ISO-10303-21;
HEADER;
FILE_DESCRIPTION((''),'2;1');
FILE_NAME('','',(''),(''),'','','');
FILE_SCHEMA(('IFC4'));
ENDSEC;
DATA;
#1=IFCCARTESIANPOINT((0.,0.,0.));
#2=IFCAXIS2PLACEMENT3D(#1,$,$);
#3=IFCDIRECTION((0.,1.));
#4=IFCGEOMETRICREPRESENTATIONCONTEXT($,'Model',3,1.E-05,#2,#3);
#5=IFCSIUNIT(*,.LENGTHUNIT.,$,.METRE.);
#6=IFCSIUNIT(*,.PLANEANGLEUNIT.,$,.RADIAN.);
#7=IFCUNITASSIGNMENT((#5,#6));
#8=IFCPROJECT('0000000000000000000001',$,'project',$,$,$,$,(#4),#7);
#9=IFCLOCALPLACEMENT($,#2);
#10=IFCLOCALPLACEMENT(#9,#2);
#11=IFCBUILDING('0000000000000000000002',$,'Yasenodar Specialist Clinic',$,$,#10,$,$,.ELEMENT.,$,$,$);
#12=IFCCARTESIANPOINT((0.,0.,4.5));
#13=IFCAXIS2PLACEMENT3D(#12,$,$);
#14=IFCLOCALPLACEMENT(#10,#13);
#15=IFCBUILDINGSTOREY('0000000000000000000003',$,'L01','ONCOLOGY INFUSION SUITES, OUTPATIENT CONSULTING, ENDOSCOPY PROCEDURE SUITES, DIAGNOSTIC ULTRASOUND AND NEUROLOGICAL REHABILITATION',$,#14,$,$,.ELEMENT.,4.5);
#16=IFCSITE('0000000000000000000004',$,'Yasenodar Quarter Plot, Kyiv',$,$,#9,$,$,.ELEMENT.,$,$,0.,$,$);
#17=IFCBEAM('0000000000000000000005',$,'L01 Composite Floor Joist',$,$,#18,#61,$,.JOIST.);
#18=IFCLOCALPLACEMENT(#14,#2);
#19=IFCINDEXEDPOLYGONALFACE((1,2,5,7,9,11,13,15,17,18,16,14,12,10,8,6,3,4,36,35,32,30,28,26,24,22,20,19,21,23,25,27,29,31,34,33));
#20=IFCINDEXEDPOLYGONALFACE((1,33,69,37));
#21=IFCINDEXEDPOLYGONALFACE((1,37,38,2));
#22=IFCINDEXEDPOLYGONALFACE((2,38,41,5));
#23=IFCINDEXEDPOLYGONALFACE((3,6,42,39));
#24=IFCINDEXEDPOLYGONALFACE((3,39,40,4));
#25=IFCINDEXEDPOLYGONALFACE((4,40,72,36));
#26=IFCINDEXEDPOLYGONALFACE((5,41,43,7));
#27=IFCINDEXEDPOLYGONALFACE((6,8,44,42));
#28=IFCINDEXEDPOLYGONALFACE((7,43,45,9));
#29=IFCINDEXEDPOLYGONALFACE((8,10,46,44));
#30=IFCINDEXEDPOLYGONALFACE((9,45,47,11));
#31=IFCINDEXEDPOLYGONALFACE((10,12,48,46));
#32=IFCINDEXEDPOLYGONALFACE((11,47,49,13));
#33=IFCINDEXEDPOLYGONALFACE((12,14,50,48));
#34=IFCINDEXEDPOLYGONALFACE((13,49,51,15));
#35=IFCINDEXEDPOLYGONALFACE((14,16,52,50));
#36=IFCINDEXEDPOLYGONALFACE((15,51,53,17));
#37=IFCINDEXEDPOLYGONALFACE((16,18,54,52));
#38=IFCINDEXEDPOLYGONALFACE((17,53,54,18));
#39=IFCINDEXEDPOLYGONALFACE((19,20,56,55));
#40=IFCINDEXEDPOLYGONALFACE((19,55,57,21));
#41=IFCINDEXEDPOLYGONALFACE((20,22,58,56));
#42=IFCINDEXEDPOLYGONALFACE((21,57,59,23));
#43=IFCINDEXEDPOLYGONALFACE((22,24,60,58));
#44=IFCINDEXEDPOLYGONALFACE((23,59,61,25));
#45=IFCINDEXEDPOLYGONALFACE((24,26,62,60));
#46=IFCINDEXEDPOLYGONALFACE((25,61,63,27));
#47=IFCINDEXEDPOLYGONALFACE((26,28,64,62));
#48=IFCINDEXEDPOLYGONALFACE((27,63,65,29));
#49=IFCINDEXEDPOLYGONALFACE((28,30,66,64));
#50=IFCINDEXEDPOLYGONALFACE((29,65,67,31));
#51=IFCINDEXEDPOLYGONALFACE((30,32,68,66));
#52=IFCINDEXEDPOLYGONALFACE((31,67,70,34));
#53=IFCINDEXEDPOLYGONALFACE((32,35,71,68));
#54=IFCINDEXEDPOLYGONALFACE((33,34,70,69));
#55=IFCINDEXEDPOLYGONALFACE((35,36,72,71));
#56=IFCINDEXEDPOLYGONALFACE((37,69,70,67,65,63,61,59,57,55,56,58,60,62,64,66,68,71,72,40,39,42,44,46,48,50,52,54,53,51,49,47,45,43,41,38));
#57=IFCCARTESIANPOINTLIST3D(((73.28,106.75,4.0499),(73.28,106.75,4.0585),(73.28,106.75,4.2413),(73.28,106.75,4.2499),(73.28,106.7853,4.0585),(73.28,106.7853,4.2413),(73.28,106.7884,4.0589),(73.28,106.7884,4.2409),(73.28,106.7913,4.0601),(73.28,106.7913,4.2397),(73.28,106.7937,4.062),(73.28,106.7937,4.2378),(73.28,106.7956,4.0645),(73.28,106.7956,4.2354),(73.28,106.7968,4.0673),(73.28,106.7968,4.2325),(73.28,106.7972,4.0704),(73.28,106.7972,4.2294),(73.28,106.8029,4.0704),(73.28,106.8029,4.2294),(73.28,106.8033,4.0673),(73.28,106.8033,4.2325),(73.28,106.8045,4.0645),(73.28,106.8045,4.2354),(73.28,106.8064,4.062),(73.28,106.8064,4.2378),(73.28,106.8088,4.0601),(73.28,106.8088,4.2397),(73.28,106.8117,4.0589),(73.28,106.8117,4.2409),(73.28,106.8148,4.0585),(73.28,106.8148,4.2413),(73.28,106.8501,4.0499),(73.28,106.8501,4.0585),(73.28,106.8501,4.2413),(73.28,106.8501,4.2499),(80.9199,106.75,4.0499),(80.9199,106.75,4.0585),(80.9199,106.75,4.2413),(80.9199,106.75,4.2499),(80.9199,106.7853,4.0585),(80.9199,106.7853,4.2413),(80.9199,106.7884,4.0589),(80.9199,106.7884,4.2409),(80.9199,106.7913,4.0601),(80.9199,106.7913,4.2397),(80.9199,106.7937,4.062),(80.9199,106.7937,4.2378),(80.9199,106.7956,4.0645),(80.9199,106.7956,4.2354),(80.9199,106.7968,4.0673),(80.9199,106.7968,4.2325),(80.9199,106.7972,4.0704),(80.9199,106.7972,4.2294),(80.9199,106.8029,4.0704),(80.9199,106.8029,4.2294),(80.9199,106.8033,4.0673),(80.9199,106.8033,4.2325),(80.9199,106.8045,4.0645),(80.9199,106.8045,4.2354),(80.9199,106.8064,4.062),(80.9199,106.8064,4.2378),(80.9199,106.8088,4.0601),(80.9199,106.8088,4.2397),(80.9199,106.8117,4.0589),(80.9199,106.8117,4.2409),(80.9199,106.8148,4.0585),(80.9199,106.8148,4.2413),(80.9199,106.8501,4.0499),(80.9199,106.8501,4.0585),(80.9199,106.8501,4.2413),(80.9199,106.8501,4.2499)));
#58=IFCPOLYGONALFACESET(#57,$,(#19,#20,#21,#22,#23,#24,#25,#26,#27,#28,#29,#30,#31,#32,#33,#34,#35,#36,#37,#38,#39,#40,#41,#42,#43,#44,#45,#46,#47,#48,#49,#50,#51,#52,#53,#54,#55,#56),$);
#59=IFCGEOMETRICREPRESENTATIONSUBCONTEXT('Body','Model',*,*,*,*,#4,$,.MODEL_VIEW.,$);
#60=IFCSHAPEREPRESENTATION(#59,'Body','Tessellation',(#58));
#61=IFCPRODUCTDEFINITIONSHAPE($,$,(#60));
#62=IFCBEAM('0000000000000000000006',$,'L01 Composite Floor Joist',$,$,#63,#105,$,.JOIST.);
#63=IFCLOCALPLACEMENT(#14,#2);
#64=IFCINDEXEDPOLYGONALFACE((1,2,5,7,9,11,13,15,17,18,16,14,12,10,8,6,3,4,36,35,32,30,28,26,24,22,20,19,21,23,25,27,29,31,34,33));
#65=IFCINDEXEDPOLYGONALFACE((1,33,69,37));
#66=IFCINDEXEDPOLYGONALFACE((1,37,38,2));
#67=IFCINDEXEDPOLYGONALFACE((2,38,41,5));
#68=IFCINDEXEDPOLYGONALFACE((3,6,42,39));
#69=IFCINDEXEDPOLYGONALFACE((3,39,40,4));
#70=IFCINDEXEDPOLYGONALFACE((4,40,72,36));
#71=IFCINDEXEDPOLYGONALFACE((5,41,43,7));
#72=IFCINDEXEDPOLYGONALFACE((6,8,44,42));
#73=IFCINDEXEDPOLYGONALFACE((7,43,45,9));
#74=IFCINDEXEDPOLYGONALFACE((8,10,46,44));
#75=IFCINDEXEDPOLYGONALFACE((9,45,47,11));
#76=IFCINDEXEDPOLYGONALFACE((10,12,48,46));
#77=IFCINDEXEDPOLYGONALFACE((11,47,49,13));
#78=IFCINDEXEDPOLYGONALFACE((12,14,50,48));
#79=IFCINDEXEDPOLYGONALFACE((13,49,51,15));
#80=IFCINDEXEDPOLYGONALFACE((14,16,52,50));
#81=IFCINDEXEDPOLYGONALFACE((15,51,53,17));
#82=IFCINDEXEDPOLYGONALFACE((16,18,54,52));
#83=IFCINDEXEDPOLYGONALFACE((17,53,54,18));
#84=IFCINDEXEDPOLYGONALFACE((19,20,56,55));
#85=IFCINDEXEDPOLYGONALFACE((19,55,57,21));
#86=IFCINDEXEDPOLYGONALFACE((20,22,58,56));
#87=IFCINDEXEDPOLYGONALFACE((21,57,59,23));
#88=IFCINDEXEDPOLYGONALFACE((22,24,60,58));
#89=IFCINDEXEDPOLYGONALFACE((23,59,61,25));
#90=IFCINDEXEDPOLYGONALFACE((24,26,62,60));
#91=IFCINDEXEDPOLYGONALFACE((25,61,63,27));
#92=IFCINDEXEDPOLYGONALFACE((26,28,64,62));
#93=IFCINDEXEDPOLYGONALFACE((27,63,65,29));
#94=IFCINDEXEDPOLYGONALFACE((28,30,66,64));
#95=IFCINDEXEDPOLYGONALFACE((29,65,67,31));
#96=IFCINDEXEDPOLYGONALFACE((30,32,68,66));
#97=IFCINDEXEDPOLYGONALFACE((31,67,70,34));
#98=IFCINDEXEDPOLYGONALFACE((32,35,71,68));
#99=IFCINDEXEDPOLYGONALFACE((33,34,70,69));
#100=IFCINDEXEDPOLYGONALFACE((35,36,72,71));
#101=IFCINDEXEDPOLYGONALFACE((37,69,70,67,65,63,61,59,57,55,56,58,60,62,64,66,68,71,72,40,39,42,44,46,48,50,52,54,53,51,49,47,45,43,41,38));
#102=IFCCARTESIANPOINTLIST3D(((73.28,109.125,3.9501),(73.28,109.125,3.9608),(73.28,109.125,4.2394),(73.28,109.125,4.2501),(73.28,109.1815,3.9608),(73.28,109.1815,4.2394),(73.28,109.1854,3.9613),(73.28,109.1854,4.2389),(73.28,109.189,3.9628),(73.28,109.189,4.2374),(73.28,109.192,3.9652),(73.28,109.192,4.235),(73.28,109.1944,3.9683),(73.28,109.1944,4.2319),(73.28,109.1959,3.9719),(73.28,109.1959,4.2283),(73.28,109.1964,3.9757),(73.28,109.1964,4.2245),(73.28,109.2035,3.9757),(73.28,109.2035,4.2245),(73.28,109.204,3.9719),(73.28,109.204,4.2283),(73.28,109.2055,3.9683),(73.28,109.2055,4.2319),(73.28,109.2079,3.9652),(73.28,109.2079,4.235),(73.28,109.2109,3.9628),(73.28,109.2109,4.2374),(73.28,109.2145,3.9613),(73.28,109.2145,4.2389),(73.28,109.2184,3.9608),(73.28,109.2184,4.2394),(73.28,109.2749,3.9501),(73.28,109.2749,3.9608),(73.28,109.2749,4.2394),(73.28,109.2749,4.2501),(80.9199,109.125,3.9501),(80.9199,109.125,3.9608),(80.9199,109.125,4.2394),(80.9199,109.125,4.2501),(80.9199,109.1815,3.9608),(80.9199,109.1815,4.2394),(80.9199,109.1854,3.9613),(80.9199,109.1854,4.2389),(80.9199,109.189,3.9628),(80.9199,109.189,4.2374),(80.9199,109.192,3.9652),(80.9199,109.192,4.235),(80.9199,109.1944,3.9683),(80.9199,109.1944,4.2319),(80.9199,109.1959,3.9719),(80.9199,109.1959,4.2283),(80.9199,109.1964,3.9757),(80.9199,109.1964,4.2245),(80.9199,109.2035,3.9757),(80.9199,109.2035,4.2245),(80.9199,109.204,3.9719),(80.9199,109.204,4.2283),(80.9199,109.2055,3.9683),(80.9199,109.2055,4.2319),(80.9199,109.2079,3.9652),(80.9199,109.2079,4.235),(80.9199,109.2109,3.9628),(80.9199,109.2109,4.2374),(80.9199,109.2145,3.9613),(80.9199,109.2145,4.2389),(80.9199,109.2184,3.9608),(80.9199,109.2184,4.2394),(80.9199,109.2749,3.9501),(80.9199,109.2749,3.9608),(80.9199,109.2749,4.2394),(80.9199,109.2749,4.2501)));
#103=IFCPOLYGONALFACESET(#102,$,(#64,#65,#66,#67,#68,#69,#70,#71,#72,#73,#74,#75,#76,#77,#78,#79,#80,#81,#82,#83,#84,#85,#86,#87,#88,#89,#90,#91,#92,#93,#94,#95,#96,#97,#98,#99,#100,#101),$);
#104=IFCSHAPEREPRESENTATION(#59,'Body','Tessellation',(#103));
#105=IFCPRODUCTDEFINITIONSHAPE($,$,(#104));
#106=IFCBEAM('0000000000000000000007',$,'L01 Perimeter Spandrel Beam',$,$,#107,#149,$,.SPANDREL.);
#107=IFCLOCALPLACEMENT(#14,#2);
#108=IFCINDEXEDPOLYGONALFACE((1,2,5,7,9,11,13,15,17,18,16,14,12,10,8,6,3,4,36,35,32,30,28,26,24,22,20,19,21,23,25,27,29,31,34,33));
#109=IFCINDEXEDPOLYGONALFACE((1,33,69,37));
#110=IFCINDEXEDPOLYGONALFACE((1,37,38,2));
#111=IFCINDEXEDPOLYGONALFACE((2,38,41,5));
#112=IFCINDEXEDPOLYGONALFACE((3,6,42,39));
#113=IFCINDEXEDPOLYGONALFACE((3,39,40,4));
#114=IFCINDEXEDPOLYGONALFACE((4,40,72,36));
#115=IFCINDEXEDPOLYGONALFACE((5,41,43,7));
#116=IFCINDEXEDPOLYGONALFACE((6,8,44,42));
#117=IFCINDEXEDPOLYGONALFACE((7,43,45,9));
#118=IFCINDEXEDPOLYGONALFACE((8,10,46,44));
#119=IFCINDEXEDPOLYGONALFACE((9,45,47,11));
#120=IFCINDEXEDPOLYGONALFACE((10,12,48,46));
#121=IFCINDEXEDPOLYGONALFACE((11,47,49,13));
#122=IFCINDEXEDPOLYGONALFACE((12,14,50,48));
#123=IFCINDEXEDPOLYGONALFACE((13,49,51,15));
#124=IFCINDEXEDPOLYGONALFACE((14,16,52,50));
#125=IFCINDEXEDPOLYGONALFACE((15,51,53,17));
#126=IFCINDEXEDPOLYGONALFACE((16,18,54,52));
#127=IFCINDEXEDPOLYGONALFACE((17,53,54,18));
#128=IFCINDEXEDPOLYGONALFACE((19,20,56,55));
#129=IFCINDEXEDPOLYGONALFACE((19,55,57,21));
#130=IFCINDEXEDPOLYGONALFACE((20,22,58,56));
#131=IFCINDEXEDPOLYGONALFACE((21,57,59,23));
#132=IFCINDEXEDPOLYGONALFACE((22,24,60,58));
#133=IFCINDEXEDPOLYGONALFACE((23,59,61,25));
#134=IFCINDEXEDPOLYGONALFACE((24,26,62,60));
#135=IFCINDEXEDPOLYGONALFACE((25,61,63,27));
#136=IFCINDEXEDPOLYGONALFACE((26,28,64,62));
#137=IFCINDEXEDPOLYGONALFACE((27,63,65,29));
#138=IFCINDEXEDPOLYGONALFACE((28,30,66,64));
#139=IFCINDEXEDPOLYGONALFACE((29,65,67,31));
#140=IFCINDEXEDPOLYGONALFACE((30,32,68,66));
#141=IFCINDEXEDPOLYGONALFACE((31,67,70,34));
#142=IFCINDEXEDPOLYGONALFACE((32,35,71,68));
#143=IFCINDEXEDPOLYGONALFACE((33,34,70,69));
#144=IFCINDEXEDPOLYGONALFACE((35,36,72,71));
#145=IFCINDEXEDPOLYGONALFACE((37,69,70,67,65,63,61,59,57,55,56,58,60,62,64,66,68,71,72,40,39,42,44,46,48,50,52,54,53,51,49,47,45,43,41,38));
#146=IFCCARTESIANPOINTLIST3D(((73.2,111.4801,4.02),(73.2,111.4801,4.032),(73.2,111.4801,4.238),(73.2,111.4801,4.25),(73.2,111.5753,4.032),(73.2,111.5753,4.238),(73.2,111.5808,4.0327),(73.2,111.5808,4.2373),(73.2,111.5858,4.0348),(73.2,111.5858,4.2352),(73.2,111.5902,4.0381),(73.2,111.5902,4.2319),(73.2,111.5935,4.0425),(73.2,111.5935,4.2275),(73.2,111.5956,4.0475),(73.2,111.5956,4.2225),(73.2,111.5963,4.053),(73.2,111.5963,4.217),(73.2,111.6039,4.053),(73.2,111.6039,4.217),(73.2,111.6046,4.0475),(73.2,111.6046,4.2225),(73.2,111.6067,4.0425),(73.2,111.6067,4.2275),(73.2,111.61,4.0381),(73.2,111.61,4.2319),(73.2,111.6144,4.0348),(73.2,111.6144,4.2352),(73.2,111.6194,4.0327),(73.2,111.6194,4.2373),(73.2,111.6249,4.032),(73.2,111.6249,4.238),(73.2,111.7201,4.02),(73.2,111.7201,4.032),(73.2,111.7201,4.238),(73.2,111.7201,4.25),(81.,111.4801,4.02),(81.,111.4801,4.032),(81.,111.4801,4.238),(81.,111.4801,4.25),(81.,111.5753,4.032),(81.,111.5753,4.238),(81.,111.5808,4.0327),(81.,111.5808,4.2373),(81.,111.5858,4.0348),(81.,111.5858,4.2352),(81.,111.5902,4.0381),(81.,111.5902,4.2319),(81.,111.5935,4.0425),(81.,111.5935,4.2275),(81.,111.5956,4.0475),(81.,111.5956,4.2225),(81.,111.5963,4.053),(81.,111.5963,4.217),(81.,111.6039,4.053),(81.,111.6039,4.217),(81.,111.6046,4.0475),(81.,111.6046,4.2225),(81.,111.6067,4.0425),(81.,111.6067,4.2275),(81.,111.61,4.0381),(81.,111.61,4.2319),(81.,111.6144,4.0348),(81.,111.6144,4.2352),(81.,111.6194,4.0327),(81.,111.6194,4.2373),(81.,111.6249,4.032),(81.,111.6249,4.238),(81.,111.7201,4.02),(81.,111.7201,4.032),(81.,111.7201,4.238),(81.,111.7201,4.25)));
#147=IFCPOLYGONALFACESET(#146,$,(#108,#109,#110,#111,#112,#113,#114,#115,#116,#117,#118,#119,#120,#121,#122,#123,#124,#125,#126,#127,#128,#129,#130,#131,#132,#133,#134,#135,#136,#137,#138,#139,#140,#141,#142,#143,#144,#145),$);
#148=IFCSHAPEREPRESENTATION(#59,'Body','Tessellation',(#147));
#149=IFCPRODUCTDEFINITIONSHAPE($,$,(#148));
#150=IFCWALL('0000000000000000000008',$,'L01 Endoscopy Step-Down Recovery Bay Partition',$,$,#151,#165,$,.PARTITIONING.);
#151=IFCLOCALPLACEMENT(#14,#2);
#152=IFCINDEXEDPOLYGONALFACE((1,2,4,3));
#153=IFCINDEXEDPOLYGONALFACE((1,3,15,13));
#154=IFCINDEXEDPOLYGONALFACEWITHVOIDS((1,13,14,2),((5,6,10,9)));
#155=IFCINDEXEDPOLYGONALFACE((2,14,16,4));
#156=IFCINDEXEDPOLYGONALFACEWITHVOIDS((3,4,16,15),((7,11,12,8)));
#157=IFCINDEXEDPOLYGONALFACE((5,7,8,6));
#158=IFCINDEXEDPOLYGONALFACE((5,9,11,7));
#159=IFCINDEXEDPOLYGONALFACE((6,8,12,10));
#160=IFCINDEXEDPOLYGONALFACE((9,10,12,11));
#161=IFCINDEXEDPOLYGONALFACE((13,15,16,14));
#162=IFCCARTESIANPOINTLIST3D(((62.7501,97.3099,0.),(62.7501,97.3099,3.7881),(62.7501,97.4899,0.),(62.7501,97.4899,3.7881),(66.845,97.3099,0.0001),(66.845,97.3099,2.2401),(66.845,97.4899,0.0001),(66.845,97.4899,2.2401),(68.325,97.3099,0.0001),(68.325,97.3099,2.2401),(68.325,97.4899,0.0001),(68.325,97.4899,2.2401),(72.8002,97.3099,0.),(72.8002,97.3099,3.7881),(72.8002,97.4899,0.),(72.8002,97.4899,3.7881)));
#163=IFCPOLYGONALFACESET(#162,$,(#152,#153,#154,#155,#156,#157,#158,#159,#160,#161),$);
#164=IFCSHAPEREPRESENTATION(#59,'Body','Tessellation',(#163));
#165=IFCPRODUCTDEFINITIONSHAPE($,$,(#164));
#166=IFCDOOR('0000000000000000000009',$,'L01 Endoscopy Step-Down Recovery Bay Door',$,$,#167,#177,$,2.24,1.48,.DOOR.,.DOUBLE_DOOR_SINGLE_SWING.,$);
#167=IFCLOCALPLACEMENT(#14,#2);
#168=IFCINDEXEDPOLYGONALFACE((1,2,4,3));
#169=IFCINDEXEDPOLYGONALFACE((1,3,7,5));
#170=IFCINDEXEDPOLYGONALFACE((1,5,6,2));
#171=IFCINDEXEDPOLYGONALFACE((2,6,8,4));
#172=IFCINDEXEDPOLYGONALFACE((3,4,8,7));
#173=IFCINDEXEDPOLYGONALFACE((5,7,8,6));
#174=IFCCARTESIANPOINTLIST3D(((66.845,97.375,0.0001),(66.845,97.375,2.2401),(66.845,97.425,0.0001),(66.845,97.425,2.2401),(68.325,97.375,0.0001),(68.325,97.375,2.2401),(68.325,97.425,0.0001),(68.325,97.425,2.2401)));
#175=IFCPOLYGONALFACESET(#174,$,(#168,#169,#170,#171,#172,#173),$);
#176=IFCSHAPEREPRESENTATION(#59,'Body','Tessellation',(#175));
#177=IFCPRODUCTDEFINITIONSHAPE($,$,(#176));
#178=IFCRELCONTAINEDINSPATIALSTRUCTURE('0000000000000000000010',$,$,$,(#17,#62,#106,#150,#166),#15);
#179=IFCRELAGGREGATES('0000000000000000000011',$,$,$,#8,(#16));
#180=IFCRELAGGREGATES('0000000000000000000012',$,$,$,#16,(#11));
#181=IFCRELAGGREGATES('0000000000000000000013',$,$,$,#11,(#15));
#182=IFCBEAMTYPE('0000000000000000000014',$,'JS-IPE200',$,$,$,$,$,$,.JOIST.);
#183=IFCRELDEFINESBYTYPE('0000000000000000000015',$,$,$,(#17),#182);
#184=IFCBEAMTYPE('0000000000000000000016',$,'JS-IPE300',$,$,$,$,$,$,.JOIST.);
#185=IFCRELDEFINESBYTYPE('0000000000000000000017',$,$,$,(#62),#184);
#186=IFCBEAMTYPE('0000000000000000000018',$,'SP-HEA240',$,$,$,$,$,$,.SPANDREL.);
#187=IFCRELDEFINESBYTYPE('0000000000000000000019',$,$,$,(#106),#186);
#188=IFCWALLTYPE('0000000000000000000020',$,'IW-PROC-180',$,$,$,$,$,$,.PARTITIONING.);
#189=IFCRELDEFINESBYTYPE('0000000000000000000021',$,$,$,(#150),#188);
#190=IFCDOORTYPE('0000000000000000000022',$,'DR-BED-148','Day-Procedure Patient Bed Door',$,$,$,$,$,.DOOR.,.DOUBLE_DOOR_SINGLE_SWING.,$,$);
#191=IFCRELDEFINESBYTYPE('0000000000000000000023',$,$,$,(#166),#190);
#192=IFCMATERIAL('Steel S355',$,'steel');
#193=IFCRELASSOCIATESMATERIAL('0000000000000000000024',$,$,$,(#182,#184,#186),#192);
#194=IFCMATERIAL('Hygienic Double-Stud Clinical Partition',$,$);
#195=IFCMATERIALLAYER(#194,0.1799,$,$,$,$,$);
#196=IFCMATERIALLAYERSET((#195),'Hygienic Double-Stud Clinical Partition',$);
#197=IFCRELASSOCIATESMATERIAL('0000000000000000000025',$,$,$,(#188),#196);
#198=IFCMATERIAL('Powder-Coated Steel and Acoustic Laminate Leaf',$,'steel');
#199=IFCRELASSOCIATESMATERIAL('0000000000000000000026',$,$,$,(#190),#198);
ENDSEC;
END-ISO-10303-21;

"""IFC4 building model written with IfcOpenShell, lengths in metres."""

from ifc_helpers import new_model, si_unit, direction, frame, frame_2d, origin, origin_2d, place, context, subcontext, project, spatial, rectangle, i_section, extrude, material, layer, layer_set, material_profile, profile_set, type_object, element, fill, save


model = new_model("IFC4")

# Units and contexts
model_context = context("Model", 3, precision=1e-05, world=origin(), true_north=direction((0.0, 1.0)))
body_context = subcontext(model_context, "Body", "Model", "MODEL_VIEW")
ifc_project = project(units=[si_unit("LENGTHUNIT", "METRE"), si_unit("PLANEANGLEUNIT", "RADIAN")], contexts=[model_context])

# Site, building, storey
site_placement = place(None, origin())
site = spatial("IfcSite", under=ifc_project, at=site_placement, Name="Yasenodar Quarter Plot, Kyiv", CompositionType="ELEMENT", RefElevation=0.0)
building_placement = place(site_placement, origin())
building = spatial("IfcBuilding", under=site, at=building_placement, Name="Yasenodar Specialist Clinic", CompositionType="ELEMENT")
storey_placement = place(building_placement, frame((0.0, 0.0, 4.5)))
storey = spatial("IfcBuildingStorey", under=building, at=storey_placement, Name="L01", Description="ONCOLOGY INFUSION SUITES, OUTPATIENT CONSULTING, ENDOSCOPY PROCEDURE SUITES, DIAGNOSTIC ULTRASOUND AND NEUROLOGICAL REHABILITATION", CompositionType="ELEMENT", Elevation=4.5)

# Shared definitions
ifc_material_1 = material(Name="Steel S355", Category="steel")

# Beams
ifc_material_profile_1 = material_profile(ifc_material_1, i_section(OverallWidth=0.1001, OverallDepth=0.2, WebThickness=0.0056, FlangeThickness=0.0085, FilletRadius=0.012, at=origin_2d()), Name="IPE 200")
ifc_profile_set_1 = profile_set([ifc_material_profile_1], Name="Steel S355")
beam_type_1 = type_object("IfcBeamType", Name="JS-IPE200", PredefinedType="JOIST", material=ifc_profile_set_1)
beam_1_placement = place(storey_placement, frame((73.28, 106.8, 4.1499), z_axis=(1.0, 0.0, 0.0), x_axis=(0.0, 1.0, 0.0)))
element("IfcBeam", 1, at=beam_1_placement, inside=storey, type_object=beam_type_1, Name="L01 Composite Floor Joist", PredefinedType="JOIST", context=body_context, shape_type="SweptSolid", body=[
    extrude(i_section(OverallWidth=0.1001, OverallDepth=0.2, WebThickness=0.0056, FlangeThickness=0.0085, FilletRadius=0.012, at=origin_2d()), origin(), (0.0, 0.0, 1.0), 7.6399),
])
ifc_material_profile_2 = material_profile(ifc_material_1, i_section(OverallWidth=0.1499, OverallDepth=0.3, WebThickness=0.0071, FlangeThickness=0.0107, FilletRadius=0.0149, at=origin_2d()), Name="IPE 300")
ifc_profile_set_2 = profile_set([ifc_material_profile_2], Name="Steel S355")
beam_type_2 = type_object("IfcBeamType", Name="JS-IPE300", PredefinedType="JOIST", material=ifc_profile_set_2)
beam_2_placement = place(storey_placement, frame((73.28, 109.2, 4.1001), z_axis=(1.0, 0.0, 0.0), x_axis=(0.0, 1.0, 0.0)))
element("IfcBeam", 2, at=beam_2_placement, inside=storey, type_object=beam_type_2, Name="L01 Composite Floor Joist", PredefinedType="JOIST", context=body_context, shape_type="SweptSolid", body=[
    extrude(i_section(OverallWidth=0.1499, OverallDepth=0.3, WebThickness=0.0071, FlangeThickness=0.0107, FilletRadius=0.0149, at=origin_2d()), origin(), (0.0, 0.0, 1.0), 7.6399),
])
ifc_material_profile_3 = material_profile(ifc_material_1, i_section(OverallWidth=0.24, OverallDepth=0.23, WebThickness=0.0076, FlangeThickness=0.012, FilletRadius=0.021, at=origin_2d()), Name="HEA 240")
ifc_profile_set_3 = profile_set([ifc_material_profile_3], Name="Steel S355")
beam_type_3 = type_object("IfcBeamType", Name="SP-HEA240", PredefinedType="SPANDREL", material=ifc_profile_set_3)
beam_3_placement = place(storey_placement, frame((73.2, 111.6001, 4.135), z_axis=(1.0, 0.0, 0.0), x_axis=(0.0, 1.0, 0.0)))
element("IfcBeam", 3, at=beam_3_placement, inside=storey, type_object=beam_type_3, Name="L01 Perimeter Spandrel Beam", PredefinedType="SPANDREL", context=body_context, shape_type="SweptSolid", body=[
    extrude(i_section(OverallWidth=0.24, OverallDepth=0.23, WebThickness=0.0076, FlangeThickness=0.012, FilletRadius=0.021, at=origin_2d()), origin(), (0.0, 0.0, 1.0), 7.8),
])

# Wall, opening, door
ifc_material_2 = material(Name="Hygienic Double-Stud Clinical Partition")
ifc_layer_1 = layer(ifc_material_2, 0.1799)
ifc_layer_set_1 = layer_set([ifc_layer_1], Name="Hygienic Double-Stud Clinical Partition")
wall_type_1 = type_object("IfcWallType", Name="IW-PROC-180", PredefinedType="PARTITIONING", material=ifc_layer_set_1)
wall_1_placement = place(storey_placement, frame((72.8, 97.3999, 0.0), z_axis=(0.0, 0.0, 1.0), x_axis=(-1.0, 0.0, 0.0)))
wall_1 = element("IfcWall", 4, at=wall_1_placement, inside=storey, type_object=wall_type_1, Name="L01 Endoscopy Step-Down Recovery Bay Partition", PredefinedType="PARTITIONING", context=body_context, shape_type="SweptSolid", body=[
    extrude(rectangle(XDim=10.05, YDim=0.1799, at=frame_2d((5.0249, 0.0))), origin(), (0.0, 0.0, 1.0), 3.7881),
])
opening_placement = place(wall_1_placement, frame((4.4751, 0.0, 0.0)))
opening = element("IfcOpeningElement", 5, at=opening_placement, cuts=wall_1, PredefinedType="OPENING", context=body_context, shape_type="SweptSolid", body=[
    extrude(rectangle(XDim=1.48, YDim=2.24, at=frame_2d((0.74, 1.1201))), frame((0.0, 0.1001, 0.0), z_axis=(0.0, -1.0, 0.0), x_axis=(1.0, 0.0, 0.0)), (0.0, 0.0, 1.0), 0.2),
])
ifc_material_3 = material(Name="Powder-Coated Steel and Acoustic Laminate Leaf", Category="steel")
door_type = type_object("IfcDoorType", Name="DR-BED-148", Description="Day-Procedure Patient Bed Door", OperationType="DOUBLE_DOOR_SINGLE_SWING", PredefinedType="DOOR", material=ifc_material_3)
door_placement = place(opening_placement, origin())
door = element("IfcDoor", 6, at=door_placement, inside=storey, type_object=door_type, Name="L01 Endoscopy Step-Down Recovery Bay Door", OperationType="DOUBLE_DOOR_SINGLE_SWING", OverallHeight=2.24, OverallWidth=1.48, PredefinedType="DOOR", context=body_context, shape_type="SweptSolid", body=[
    extrude(rectangle(XDim=1.48, YDim=2.24, at=frame_2d((0.74, 1.1201))), frame((0.0, 0.0249, 0.0), z_axis=(0.0, -1.0, 0.0), x_axis=(1.0, 0.0, 0.0)), (0.0, 0.0, 1.0), 0.05),
])
fill(opening, door)

save(model, "model.ifc")
